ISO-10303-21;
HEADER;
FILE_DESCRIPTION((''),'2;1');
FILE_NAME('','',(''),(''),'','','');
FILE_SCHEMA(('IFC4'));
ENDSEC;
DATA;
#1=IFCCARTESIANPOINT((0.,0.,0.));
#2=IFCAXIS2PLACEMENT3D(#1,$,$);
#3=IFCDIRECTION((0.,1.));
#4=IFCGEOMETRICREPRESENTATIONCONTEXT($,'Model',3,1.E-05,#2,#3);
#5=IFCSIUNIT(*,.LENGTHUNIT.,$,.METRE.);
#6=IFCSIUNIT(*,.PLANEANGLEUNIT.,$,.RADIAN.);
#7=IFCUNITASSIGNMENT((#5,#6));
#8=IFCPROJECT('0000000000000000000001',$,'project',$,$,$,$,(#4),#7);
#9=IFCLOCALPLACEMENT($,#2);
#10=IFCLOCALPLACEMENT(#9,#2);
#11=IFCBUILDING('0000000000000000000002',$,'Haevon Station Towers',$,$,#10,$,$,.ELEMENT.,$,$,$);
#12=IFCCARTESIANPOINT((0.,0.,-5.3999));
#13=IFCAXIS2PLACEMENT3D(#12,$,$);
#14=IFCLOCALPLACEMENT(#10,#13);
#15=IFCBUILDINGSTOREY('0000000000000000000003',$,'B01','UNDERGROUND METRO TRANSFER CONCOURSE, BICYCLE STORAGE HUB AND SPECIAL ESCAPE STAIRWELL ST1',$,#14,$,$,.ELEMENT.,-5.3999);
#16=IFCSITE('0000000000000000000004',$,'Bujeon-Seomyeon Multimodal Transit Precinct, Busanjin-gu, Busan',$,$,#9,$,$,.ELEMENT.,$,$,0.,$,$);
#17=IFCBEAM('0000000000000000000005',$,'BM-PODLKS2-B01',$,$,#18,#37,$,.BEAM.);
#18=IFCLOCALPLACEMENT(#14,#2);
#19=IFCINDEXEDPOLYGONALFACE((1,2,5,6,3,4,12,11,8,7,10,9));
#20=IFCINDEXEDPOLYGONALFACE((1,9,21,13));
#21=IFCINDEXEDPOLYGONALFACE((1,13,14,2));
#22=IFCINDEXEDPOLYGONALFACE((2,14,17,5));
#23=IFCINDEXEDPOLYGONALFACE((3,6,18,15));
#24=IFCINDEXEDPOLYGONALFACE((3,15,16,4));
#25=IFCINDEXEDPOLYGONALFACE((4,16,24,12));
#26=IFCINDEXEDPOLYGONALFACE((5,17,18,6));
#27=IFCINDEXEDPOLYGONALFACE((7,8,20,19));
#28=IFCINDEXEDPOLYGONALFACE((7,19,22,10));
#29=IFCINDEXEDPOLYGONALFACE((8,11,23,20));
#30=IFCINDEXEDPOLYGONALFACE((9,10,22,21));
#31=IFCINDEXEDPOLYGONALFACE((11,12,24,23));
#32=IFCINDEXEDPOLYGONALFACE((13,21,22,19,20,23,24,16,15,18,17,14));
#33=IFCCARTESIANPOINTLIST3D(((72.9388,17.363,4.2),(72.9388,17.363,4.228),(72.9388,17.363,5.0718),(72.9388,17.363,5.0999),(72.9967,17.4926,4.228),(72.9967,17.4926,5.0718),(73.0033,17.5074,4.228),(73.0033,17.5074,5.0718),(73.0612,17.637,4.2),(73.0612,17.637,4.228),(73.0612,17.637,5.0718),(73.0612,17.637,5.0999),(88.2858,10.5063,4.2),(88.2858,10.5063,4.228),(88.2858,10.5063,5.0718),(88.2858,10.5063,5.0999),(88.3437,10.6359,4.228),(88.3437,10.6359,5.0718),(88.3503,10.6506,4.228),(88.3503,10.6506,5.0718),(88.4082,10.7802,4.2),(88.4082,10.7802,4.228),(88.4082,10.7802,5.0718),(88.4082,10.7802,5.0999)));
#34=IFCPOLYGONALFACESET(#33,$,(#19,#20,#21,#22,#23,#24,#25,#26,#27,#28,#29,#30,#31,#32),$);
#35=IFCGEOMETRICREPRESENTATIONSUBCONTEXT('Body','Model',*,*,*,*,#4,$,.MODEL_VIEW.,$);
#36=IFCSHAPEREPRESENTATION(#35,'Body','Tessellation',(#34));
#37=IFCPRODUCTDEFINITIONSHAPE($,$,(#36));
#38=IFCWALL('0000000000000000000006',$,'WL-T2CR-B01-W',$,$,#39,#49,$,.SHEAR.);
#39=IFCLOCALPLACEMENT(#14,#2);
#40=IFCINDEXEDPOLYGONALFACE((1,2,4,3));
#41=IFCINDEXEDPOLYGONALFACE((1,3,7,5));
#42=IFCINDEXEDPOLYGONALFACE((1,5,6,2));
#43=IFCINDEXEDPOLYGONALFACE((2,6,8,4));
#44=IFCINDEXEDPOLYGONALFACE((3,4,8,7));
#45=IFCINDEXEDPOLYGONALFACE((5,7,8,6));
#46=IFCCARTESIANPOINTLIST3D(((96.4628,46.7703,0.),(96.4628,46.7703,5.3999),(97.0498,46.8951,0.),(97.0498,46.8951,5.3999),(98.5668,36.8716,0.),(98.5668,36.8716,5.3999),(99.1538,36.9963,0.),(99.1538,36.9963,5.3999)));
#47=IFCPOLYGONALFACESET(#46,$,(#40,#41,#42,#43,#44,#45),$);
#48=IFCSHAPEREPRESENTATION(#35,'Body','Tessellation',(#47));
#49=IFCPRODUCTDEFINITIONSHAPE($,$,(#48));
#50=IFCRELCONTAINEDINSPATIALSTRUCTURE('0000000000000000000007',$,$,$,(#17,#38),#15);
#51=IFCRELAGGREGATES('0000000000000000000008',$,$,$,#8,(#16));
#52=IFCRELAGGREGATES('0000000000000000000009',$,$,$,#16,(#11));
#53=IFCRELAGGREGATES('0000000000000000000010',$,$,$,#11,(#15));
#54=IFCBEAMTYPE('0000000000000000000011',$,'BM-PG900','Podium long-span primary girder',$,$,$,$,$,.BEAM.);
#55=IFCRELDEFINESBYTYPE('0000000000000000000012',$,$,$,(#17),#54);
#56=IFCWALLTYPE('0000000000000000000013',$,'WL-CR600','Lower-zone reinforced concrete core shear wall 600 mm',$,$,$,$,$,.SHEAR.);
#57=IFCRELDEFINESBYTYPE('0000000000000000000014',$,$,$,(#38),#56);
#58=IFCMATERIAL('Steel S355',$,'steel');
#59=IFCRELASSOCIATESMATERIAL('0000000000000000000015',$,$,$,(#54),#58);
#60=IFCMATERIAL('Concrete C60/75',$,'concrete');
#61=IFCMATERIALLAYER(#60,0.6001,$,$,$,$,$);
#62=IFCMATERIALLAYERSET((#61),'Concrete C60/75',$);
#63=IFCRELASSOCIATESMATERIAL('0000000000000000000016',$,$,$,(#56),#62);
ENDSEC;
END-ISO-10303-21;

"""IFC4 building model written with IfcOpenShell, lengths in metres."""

from ifc_helpers import new_model, si_unit, direction, frame, frame_2d, origin, origin_2d, place, context, subcontext, project, spatial, rectangle, i_section, extrude, material, layer, layer_set, material_profile, profile_set, type_object, element, save


model = new_model("IFC4")

# Units and contexts
model_context = context("Model", 3, precision=1e-05, world=origin(), true_north=direction((0.0, 1.0)))
body_context = subcontext(model_context, "Body", "Model", "MODEL_VIEW")
ifc_project = project(units=[si_unit("LENGTHUNIT", "METRE"), si_unit("PLANEANGLEUNIT", "RADIAN")], contexts=[model_context])

# Site, building, storey
site_placement = place(None, origin())
site = spatial("IfcSite", under=ifc_project, at=site_placement, Name="Bujeon-Seomyeon Multimodal Transit Precinct, Busanjin-gu, Busan", CompositionType="ELEMENT", RefElevation=0.0)
building_placement = place(site_placement, origin())
building = spatial("IfcBuilding", under=site, at=building_placement, Name="Haevon Station Towers", CompositionType="ELEMENT")
storey_placement = place(building_placement, frame((0.0, 0.0, -5.3999)))
storey = spatial("IfcBuildingStorey", under=building, at=storey_placement, Name="B01", Description="UNDERGROUND METRO TRANSFER CONCOURSE, BICYCLE STORAGE HUB AND SPECIAL ESCAPE STAIRWELL ST1", CompositionType="ELEMENT", Elevation=-5.3999)

# Beam
ifc_material_1 = material(Name="Steel S355", Category="steel")
ifc_material_profile_1 = material_profile(ifc_material_1, i_section(OverallWidth=0.3, OverallDepth=0.8999, WebThickness=0.0161, FlangeThickness=0.0281, at=origin_2d()), Name="H-900x300x16x28")
ifc_profile_set_1 = profile_set([ifc_material_profile_1], Name="Steel S355")
beam_type_1 = type_object("IfcBeamType", Name="BM-PG900", Description="Podium long-span primary girder", PredefinedType="BEAM", material=ifc_profile_set_1)
beam_1_placement = place(storey_placement, frame((73.0, 17.5, 4.6499), z_axis=(0.913019, -0.407918, 0.0), x_axis=(0.407918, 0.913019, 0.0)))
element("IfcBeam", 1, at=beam_1_placement, inside=storey, type_object=beam_type_1, Name="BM-PODLKS2-B01", PredefinedType="BEAM", context=body_context, shape_type="SweptSolid", body=[
    extrude(i_section(OverallWidth=0.3, OverallDepth=0.8999, WebThickness=0.0161, FlangeThickness=0.0281, at=origin_2d()), origin(), (0.0, 0.0, 1.0), 16.8091),
])

# Wall
ifc_material_2 = material(Name="Concrete C60/75", Category="concrete")
ifc_layer = layer(ifc_material_2, 0.6001)
ifc_layer_set = layer_set([ifc_layer], Name="Concrete C60/75")
wall_type = type_object("IfcWallType", Name="WL-CR600", Description="Lower-zone reinforced concrete core shear wall 600 mm", PredefinedType="SHEAR", material=ifc_layer_set)
wall_placement = place(storey_placement, frame((98.8604, 36.9338, 0.0), z_axis=(0.0, 0.0, 1.0), x_axis=(-0.207909, 0.978148, 0.0)))
element("IfcWall", 2, at=wall_placement, inside=storey, type_object=wall_type, Name="WL-T2CR-B01-W", PredefinedType="SHEAR", context=body_context, shape_type="SweptSolid", body=[
    extrude(rectangle(XDim=10.1199, YDim=0.6001, at=frame_2d((5.0601, 0.0))), origin(), (0.0, 0.0, 1.0), 5.3999),
])

save(model, "model.ifc")
